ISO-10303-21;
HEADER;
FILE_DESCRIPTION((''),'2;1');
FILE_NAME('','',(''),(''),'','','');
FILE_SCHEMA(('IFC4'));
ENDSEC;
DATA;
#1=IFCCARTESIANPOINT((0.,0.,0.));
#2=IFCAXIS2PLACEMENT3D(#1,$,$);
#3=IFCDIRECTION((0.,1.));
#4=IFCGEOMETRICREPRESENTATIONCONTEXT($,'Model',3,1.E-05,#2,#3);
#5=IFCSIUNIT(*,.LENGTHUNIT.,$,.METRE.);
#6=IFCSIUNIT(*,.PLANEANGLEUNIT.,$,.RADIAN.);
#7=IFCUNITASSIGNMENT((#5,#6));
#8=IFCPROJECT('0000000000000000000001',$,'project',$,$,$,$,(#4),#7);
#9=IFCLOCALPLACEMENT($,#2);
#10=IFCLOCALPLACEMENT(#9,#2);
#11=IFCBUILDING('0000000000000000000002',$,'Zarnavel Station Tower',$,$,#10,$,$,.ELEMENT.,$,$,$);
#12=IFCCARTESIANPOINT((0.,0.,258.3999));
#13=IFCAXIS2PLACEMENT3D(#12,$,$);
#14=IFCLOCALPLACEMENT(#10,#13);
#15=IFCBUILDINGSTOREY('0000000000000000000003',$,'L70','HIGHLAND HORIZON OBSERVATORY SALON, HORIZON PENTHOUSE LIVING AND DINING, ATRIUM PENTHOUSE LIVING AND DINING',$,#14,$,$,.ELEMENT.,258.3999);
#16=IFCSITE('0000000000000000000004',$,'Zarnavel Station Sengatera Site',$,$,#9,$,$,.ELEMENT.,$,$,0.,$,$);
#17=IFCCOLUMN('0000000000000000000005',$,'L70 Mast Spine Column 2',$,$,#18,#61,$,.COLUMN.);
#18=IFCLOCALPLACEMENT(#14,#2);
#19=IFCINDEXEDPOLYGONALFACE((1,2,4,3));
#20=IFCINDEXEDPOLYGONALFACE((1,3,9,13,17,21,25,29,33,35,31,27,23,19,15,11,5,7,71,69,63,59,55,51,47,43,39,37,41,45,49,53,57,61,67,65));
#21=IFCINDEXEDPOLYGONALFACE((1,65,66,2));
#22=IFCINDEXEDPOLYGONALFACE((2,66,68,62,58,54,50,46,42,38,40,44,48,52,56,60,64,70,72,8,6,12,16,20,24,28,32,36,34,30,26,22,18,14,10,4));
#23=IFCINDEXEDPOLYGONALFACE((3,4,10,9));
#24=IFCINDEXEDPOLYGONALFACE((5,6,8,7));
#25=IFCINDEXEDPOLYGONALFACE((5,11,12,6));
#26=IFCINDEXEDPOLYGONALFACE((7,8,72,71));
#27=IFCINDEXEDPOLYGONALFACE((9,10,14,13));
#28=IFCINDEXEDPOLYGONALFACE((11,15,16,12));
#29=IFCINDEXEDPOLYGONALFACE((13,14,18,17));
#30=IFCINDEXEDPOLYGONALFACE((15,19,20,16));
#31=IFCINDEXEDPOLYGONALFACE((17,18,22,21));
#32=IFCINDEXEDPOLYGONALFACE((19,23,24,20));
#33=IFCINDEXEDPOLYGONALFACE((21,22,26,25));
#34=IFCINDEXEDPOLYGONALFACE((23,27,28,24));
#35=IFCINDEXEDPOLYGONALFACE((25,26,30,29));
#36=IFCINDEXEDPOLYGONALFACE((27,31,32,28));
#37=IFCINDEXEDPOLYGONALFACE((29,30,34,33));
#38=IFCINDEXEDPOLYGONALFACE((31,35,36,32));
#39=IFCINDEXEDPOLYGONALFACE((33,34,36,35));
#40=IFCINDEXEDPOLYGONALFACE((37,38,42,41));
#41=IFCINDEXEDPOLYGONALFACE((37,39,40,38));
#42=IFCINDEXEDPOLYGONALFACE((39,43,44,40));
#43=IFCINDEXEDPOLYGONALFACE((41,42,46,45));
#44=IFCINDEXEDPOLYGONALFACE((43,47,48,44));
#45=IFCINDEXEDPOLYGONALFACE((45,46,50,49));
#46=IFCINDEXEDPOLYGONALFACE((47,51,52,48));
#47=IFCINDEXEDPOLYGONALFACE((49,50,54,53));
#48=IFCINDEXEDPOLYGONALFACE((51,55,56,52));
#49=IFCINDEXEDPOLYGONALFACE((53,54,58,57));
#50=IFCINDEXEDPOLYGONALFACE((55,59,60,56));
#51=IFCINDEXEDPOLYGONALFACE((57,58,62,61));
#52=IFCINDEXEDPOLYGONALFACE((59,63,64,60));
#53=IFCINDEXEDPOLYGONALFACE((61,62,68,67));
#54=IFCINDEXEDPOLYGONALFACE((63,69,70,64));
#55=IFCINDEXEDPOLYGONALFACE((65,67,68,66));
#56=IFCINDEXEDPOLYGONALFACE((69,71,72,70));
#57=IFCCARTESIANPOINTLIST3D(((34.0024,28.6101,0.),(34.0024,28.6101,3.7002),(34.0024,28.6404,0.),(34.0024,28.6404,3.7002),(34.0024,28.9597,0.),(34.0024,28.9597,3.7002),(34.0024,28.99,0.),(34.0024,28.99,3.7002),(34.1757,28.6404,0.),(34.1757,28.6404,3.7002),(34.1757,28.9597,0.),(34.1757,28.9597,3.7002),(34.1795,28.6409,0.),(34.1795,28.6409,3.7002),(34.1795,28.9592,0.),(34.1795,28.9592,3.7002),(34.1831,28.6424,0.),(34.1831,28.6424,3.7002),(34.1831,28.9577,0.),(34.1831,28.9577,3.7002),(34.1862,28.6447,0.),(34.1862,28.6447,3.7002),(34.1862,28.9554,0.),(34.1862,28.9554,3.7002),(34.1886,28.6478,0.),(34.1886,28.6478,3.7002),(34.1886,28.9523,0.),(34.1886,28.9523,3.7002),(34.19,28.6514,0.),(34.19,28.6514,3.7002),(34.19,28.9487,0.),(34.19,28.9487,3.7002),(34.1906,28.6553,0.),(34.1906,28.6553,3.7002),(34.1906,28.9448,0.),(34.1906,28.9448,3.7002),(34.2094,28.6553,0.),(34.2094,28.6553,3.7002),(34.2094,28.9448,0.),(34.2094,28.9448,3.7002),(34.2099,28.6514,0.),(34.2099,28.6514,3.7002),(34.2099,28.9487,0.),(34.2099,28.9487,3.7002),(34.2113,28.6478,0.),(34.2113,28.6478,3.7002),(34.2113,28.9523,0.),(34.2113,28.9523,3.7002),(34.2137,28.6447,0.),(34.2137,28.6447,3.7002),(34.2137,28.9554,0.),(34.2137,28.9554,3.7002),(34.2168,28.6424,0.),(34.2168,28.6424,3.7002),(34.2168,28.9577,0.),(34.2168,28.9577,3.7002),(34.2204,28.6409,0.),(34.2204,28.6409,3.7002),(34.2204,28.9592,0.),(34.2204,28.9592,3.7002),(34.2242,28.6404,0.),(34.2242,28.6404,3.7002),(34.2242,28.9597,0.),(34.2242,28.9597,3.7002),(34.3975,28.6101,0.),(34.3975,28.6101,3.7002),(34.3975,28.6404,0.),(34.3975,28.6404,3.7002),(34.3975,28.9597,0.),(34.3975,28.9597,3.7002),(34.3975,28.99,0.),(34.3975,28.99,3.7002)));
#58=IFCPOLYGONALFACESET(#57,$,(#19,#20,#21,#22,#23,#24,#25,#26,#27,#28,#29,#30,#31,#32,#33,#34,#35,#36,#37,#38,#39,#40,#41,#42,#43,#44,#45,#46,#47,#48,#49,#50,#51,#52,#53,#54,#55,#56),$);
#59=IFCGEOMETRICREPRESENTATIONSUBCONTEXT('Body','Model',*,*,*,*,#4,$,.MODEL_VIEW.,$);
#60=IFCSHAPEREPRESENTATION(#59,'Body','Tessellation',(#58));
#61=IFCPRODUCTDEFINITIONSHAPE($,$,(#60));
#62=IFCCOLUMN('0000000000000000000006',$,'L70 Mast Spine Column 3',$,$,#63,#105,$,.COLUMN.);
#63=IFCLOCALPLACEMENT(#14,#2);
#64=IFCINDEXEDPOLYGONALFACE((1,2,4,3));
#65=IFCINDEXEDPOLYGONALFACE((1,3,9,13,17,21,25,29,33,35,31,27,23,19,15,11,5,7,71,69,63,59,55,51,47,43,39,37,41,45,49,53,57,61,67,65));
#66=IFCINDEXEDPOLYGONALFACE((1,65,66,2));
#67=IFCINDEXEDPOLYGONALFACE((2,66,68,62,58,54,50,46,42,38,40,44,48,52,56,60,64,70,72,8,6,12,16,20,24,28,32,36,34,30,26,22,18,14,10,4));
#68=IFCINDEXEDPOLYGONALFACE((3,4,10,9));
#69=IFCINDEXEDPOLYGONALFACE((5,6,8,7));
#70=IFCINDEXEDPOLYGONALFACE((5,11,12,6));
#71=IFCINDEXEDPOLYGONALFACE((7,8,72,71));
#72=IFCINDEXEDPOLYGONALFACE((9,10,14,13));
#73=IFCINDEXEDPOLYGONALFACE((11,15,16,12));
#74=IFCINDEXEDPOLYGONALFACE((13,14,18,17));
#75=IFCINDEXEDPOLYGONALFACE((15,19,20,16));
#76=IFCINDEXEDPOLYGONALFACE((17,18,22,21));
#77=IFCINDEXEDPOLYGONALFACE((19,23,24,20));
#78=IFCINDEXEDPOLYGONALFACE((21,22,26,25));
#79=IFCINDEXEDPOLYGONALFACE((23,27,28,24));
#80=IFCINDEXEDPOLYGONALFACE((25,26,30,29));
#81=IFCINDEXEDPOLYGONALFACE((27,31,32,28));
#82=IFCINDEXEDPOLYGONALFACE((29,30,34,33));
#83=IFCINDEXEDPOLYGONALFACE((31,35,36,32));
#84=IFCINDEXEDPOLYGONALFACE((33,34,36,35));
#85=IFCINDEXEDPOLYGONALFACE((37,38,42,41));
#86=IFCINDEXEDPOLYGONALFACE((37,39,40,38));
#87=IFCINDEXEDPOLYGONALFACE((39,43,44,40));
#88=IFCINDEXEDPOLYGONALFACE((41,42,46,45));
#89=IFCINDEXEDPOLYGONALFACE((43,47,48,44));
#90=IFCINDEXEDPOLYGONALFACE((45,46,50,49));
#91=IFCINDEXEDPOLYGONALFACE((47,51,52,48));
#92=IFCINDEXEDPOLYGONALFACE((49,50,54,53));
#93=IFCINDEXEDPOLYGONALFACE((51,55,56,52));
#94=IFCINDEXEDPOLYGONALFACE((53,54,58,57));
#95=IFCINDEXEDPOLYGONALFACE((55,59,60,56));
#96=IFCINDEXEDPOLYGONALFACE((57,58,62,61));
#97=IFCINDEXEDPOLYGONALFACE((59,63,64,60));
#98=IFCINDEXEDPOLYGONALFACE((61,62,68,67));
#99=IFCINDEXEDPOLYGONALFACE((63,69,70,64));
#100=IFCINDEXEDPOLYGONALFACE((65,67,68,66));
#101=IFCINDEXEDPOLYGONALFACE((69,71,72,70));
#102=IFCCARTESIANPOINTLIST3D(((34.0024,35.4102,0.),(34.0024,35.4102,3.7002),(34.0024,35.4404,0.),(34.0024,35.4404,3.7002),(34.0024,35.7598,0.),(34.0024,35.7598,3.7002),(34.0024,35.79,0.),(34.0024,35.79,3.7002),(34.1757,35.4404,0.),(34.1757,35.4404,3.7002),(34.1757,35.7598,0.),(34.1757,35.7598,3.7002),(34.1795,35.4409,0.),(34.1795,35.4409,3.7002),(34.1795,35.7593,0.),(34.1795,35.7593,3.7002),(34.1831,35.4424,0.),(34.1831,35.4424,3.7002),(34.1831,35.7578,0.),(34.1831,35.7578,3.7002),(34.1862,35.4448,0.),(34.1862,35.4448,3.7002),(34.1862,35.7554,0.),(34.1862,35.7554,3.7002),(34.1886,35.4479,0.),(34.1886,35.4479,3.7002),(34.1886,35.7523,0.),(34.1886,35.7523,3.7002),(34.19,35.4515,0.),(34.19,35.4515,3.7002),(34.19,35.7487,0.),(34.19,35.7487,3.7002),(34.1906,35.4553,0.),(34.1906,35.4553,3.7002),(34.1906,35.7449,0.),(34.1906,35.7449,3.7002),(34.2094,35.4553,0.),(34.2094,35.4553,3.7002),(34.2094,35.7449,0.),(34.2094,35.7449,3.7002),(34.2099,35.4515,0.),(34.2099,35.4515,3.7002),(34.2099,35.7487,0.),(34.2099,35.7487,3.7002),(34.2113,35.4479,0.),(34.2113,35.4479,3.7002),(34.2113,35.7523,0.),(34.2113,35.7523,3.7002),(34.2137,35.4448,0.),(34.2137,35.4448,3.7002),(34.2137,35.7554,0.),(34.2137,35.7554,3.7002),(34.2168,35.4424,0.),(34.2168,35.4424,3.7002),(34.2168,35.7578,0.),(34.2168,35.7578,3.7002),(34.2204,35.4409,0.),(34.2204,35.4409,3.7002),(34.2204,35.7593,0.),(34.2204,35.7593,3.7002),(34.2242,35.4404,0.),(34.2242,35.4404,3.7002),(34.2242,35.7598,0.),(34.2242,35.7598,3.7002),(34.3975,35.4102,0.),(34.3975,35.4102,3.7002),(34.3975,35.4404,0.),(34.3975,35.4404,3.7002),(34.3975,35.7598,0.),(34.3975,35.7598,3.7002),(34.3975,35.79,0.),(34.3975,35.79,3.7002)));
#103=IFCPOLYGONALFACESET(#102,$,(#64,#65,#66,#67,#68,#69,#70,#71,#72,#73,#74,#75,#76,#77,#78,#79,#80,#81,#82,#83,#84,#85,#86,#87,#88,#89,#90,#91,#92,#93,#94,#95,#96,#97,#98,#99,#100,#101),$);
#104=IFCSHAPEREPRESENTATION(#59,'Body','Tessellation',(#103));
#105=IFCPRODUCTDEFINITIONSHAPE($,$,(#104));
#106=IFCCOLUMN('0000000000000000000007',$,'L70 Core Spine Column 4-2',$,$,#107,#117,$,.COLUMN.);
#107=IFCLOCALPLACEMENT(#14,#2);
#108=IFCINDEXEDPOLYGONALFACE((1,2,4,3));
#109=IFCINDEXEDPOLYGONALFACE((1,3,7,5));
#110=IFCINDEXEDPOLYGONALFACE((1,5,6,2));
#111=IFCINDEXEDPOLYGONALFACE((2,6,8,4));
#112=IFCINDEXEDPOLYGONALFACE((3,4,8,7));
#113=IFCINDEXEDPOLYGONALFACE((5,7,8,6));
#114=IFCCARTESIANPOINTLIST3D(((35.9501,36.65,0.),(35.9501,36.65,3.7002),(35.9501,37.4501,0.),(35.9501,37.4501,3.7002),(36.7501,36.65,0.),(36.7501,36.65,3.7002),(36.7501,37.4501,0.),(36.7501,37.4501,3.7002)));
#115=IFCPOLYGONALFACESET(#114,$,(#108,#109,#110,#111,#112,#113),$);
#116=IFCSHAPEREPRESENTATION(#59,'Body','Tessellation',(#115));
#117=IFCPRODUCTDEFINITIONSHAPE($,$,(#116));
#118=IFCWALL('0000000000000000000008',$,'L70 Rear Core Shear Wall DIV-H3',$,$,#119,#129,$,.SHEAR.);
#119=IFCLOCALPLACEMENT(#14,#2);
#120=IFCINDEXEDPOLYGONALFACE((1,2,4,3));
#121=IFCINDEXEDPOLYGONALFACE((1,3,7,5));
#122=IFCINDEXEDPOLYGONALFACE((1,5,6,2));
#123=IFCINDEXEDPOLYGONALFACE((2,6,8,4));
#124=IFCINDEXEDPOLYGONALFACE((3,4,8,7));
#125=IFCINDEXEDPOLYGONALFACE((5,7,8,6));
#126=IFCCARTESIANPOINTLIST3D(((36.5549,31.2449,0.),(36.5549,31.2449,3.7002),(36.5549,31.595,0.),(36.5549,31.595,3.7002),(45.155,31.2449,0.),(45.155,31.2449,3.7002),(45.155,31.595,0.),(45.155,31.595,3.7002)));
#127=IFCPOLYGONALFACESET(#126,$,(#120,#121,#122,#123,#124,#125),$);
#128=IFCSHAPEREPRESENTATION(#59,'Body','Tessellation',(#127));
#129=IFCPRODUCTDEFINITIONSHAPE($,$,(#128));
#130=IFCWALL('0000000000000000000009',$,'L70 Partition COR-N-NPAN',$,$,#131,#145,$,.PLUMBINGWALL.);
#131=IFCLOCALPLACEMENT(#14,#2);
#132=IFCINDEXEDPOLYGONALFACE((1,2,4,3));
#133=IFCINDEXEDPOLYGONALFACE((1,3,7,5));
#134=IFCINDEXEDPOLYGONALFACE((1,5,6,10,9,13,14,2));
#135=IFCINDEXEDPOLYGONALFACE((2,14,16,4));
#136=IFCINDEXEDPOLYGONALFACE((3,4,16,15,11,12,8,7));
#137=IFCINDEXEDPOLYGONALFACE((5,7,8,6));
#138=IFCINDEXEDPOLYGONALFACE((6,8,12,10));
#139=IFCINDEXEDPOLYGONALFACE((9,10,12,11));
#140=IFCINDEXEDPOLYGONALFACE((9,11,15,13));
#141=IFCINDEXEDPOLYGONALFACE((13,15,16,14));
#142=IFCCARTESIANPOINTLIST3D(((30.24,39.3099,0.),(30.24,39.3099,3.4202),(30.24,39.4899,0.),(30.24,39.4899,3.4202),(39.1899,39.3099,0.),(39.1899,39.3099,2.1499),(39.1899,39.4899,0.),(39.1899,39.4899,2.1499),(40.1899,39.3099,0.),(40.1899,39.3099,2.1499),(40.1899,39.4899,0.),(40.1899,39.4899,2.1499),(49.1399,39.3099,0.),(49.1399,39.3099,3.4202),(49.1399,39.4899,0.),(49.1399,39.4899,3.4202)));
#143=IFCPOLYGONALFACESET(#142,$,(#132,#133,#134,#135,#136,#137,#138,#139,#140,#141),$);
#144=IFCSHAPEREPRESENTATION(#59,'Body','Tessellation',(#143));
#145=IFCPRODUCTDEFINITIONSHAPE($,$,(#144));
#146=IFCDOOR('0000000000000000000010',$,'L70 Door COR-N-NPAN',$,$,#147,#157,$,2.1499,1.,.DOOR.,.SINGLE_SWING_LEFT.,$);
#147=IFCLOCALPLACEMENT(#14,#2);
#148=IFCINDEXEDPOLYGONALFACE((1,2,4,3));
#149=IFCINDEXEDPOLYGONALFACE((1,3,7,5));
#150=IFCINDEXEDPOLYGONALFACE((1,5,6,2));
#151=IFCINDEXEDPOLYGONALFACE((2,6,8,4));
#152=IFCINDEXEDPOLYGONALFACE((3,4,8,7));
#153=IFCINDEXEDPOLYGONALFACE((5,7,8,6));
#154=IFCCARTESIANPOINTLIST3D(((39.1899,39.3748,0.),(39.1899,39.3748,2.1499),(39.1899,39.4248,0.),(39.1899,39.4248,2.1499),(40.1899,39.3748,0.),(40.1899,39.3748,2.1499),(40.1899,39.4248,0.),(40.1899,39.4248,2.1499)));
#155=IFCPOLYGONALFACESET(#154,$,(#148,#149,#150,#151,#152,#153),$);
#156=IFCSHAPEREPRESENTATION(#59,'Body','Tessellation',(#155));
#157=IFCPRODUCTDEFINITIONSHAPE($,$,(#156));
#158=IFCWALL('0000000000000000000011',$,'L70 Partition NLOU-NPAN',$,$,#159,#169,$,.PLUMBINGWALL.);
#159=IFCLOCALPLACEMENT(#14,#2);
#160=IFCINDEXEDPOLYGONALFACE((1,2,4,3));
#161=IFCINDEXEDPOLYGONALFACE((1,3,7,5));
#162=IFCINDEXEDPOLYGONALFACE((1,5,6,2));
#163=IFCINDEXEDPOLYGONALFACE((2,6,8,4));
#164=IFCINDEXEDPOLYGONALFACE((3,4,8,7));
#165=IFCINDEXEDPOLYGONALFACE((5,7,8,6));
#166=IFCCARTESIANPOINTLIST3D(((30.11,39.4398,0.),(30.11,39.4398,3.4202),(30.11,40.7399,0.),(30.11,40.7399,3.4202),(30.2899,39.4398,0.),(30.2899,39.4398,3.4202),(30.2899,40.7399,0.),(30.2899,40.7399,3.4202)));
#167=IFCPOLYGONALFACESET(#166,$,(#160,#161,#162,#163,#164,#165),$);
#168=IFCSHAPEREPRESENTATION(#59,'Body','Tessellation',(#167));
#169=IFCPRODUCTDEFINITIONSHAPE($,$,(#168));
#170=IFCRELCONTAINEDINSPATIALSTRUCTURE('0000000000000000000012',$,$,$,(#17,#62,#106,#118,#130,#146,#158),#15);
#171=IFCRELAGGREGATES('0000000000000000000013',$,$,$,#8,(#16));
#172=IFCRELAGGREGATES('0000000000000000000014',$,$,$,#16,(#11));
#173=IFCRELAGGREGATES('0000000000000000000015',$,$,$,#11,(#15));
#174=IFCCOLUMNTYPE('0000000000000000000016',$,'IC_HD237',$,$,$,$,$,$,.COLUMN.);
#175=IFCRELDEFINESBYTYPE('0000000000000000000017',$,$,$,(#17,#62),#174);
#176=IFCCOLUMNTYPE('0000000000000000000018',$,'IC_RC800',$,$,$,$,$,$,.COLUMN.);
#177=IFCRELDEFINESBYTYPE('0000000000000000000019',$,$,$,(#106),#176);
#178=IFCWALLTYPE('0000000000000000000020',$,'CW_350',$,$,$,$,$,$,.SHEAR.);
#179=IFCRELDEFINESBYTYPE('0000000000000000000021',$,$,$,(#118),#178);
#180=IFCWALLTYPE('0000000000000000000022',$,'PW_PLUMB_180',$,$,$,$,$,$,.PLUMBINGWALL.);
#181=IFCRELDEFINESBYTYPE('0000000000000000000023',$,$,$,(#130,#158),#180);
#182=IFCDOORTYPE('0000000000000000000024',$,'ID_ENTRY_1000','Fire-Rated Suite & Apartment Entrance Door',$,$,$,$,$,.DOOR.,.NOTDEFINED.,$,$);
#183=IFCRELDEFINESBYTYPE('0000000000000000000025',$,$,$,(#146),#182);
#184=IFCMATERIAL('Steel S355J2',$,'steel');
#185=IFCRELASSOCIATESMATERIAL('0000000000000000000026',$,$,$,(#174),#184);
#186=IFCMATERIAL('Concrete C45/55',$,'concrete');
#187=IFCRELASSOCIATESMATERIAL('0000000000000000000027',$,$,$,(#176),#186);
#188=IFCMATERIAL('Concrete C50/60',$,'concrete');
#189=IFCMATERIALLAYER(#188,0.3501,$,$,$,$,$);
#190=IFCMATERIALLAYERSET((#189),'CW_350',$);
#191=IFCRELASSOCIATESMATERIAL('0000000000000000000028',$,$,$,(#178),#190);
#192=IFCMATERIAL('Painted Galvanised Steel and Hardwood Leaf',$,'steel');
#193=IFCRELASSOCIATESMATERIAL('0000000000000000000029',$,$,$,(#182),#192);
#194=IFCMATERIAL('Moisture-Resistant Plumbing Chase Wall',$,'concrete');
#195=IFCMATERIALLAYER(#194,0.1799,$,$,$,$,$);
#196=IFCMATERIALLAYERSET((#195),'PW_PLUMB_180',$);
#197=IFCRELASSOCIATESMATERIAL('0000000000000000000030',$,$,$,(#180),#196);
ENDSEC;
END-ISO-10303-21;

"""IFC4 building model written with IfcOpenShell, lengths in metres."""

from ifc_helpers import new_model, si_unit, direction, frame, frame_2d, origin, origin_2d, place, context, subcontext, project, spatial, rectangle, i_section, extrude, material, layer, layer_set, material_profile, profile_set, type_object, element, fill, save


model = new_model("IFC4")

# Units and contexts
model_context = context("Model", 3, precision=1e-05, world=origin(), true_north=direction((0.0, 1.0)))
body_context = subcontext(model_context, "Body", "Model", "MODEL_VIEW")
ifc_project = project(units=[si_unit("LENGTHUNIT", "METRE"), si_unit("PLANEANGLEUNIT", "RADIAN")], contexts=[model_context])

# Site, building, storey
site_placement = place(None, origin())
site = spatial("IfcSite", under=ifc_project, at=site_placement, Name="Zarnavel Station Sengatera Site", CompositionType="ELEMENT", RefElevation=0.0)
building_placement = place(site_placement, origin())
building = spatial("IfcBuilding", under=site, at=building_placement, Name="Zarnavel Station Tower", CompositionType="ELEMENT")
storey_placement = place(building_placement, frame((0.0, 0.0, 258.3999)))
storey = spatial("IfcBuildingStorey", under=building, at=storey_placement, Name="L70", Description="HIGHLAND HORIZON OBSERVATORY SALON, HORIZON PENTHOUSE LIVING AND DINING, ATRIUM PENTHOUSE LIVING AND DINING", CompositionType="ELEMENT", Elevation=258.3999)

# Columns
ifc_material_1 = material(Name="Steel S355J2", Category="steel")
ifc_material_profile_1 = material_profile(ifc_material_1, i_section(OverallWidth=0.395, OverallDepth=0.3799, WebThickness=0.0188, FlangeThickness=0.0303, FilletRadius=0.0149, at=origin_2d()), Name="HD400x237")
ifc_profile_set_1 = profile_set([ifc_material_profile_1], Name="Steel S355J2")
column_type_1 = type_object("IfcColumnType", Name="IC_HD237", PredefinedType="COLUMN", material=ifc_profile_set_1)
for number, where, z_axis, x_axis, name in (
    (1, (34.2, 28.8, 0.0), (0.0, 0.0, 1.0), (1.0, 0.0, 0.0), "L70 Mast Spine Column 2"),
    (2, (34.2, 35.6001, 0.0), (0.0, 0.0, 1.0), (1.0, 0.0, 0.0), "L70 Mast Spine Column 3"),
):
    element("IfcColumn", number, at=place(storey_placement, frame(where, z_axis=z_axis, x_axis=x_axis)), inside=storey, type_object=column_type_1, Name=name, PredefinedType="COLUMN", context=body_context, shape_type="SweptSolid", body=[
        extrude(i_section(OverallWidth=0.395, OverallDepth=0.3799, WebThickness=0.0188, FlangeThickness=0.0303, FilletRadius=0.0149, at=origin_2d()), origin(), (0.0, 0.0, 1.0), 3.7002),
    ])
ifc_material_2 = material(Name="Concrete C45/55", Category="concrete")
ifc_material_profile_2 = material_profile(ifc_material_2, rectangle(XDim=0.8, YDim=0.8, at=origin_2d()), Name="RC800x800")
ifc_profile_set_2 = profile_set([ifc_material_profile_2], Name="Concrete C45/55")
column_type_2 = type_object("IfcColumnType", Name="IC_RC800", PredefinedType="COLUMN", material=ifc_profile_set_2)
column_placement = place(storey_placement, frame((36.3501, 37.05, 0.0), z_axis=(0.0, 0.0, 1.0), x_axis=(1.0, 0.0, 0.0)))
element("IfcColumn", 3, at=column_placement, inside=storey, type_object=column_type_2, Name="L70 Core Spine Column 4-2", PredefinedType="COLUMN", context=body_context, shape_type="SweptSolid", body=[
    extrude(rectangle(XDim=0.8, YDim=0.8, at=origin_2d()), origin(), (0.0, 0.0, 1.0), 3.7002),
])

# Wall
ifc_material_3 = material(Name="Concrete C50/60", Category="concrete")
ifc_layer_1 = layer(ifc_material_3, 0.3501)
ifc_layer_set_1 = layer_set([ifc_layer_1], Name="CW_350")
wall_type_1 = type_object("IfcWallType", Name="CW_350", PredefinedType="SHEAR", material=ifc_layer_set_1)
wall_1_placement = place(storey_placement, frame((36.5549, 31.4199, 0.0), z_axis=(0.0, 0.0, 1.0), x_axis=(1.0, 0.0, 0.0)))
element("IfcWall", 4, at=wall_1_placement, inside=storey, type_object=wall_type_1, Name="L70 Rear Core Shear Wall DIV-H3", PredefinedType="SHEAR", context=body_context, shape_type="SweptSolid", body=[
    extrude(rectangle(XDim=8.6001, YDim=0.3501, at=frame_2d((4.3, 0.0))), origin(), (0.0, 0.0, 1.0), 3.7002),
])

# Wall, opening, door
ifc_material_4 = material(Name="Painted Galvanised Steel and Hardwood Leaf", Category="steel")
door_type_1 = type_object("IfcDoorType", Name="ID_ENTRY_1000", Description="Fire-Rated Suite & Apartment Entrance Door", OperationType="NOTDEFINED", PredefinedType="DOOR", material=ifc_material_4)
ifc_material_5 = material(Name="Moisture-Resistant Plumbing Chase Wall", Category="concrete")
ifc_layer_2 = layer(ifc_material_5, 0.1799)
ifc_layer_set_2 = layer_set([ifc_layer_2], Name="PW_PLUMB_180")
wall_type_2 = type_object("IfcWallType", Name="PW_PLUMB_180", PredefinedType="PLUMBINGWALL", material=ifc_layer_set_2)
wall_2_placement = place(storey_placement, frame((30.24, 39.3999, 0.0), z_axis=(0.0, 0.0, 1.0), x_axis=(1.0, 0.0, 0.0)))
wall_2 = element("IfcWall", 5, at=wall_2_placement, inside=storey, type_object=wall_type_2, Name="L70 Partition COR-N-NPAN", PredefinedType="PLUMBINGWALL", context=body_context, shape_type="SweptSolid", body=[
    extrude(rectangle(XDim=18.8999, YDim=0.1799, at=frame_2d((9.45, 0.0))), origin(), (0.0, 0.0, 1.0), 3.4202),
])
opening_1_placement = place(wall_2_placement, frame((8.95, 0.0, 0.0)))
opening_1 = element("IfcOpeningElement", 6, at=opening_1_placement, cuts=wall_2, PredefinedType="OPENING", context=body_context, shape_type="SweptSolid", body=[
    extrude(rectangle(XDim=1.0, YDim=2.1499, at=frame_2d((0.5, 1.075))), frame((0.0, 0.0999, 0.0), z_axis=(0.0, -1.0, 0.0), x_axis=(1.0, 0.0, 0.0)), (0.0, 0.0, 1.0), 0.2),
])
door_1_placement = place(opening_1_placement, origin())
door_1 = element("IfcDoor", 7, at=door_1_placement, inside=storey, type_object=door_type_1, Name="L70 Door COR-N-NPAN", OperationType="SINGLE_SWING_LEFT", OverallHeight=2.1499, OverallWidth=1.0, PredefinedType="DOOR", context=body_context, shape_type="SweptSolid", body=[
    extrude(rectangle(XDim=1.0, YDim=2.1499, at=frame_2d((0.5, 1.075))), frame((0.0, 0.0249, 0.0), z_axis=(0.0, -1.0, 0.0), x_axis=(1.0, 0.0, 0.0)), (0.0, 0.0, 1.0), 0.05),
])
fill(opening_1, door_1)

# Wall
wall_3_placement = place(storey_placement, frame((30.2, 39.4399, 0.0), z_axis=(0.0, 0.0, 1.0), x_axis=(0.0, 1.0, 0.0)))
element("IfcWall", 8, at=wall_3_placement, inside=storey, type_object=wall_type_2, Name="L70 Partition NLOU-NPAN", PredefinedType="PLUMBINGWALL", context=body_context, shape_type="SweptSolid", body=[
    extrude(rectangle(XDim=1.3, YDim=0.1799, at=frame_2d((0.6499, 0.0))), origin(), (0.0, 0.0, 1.0), 3.4202),
])

save(model, "model.ifc")
